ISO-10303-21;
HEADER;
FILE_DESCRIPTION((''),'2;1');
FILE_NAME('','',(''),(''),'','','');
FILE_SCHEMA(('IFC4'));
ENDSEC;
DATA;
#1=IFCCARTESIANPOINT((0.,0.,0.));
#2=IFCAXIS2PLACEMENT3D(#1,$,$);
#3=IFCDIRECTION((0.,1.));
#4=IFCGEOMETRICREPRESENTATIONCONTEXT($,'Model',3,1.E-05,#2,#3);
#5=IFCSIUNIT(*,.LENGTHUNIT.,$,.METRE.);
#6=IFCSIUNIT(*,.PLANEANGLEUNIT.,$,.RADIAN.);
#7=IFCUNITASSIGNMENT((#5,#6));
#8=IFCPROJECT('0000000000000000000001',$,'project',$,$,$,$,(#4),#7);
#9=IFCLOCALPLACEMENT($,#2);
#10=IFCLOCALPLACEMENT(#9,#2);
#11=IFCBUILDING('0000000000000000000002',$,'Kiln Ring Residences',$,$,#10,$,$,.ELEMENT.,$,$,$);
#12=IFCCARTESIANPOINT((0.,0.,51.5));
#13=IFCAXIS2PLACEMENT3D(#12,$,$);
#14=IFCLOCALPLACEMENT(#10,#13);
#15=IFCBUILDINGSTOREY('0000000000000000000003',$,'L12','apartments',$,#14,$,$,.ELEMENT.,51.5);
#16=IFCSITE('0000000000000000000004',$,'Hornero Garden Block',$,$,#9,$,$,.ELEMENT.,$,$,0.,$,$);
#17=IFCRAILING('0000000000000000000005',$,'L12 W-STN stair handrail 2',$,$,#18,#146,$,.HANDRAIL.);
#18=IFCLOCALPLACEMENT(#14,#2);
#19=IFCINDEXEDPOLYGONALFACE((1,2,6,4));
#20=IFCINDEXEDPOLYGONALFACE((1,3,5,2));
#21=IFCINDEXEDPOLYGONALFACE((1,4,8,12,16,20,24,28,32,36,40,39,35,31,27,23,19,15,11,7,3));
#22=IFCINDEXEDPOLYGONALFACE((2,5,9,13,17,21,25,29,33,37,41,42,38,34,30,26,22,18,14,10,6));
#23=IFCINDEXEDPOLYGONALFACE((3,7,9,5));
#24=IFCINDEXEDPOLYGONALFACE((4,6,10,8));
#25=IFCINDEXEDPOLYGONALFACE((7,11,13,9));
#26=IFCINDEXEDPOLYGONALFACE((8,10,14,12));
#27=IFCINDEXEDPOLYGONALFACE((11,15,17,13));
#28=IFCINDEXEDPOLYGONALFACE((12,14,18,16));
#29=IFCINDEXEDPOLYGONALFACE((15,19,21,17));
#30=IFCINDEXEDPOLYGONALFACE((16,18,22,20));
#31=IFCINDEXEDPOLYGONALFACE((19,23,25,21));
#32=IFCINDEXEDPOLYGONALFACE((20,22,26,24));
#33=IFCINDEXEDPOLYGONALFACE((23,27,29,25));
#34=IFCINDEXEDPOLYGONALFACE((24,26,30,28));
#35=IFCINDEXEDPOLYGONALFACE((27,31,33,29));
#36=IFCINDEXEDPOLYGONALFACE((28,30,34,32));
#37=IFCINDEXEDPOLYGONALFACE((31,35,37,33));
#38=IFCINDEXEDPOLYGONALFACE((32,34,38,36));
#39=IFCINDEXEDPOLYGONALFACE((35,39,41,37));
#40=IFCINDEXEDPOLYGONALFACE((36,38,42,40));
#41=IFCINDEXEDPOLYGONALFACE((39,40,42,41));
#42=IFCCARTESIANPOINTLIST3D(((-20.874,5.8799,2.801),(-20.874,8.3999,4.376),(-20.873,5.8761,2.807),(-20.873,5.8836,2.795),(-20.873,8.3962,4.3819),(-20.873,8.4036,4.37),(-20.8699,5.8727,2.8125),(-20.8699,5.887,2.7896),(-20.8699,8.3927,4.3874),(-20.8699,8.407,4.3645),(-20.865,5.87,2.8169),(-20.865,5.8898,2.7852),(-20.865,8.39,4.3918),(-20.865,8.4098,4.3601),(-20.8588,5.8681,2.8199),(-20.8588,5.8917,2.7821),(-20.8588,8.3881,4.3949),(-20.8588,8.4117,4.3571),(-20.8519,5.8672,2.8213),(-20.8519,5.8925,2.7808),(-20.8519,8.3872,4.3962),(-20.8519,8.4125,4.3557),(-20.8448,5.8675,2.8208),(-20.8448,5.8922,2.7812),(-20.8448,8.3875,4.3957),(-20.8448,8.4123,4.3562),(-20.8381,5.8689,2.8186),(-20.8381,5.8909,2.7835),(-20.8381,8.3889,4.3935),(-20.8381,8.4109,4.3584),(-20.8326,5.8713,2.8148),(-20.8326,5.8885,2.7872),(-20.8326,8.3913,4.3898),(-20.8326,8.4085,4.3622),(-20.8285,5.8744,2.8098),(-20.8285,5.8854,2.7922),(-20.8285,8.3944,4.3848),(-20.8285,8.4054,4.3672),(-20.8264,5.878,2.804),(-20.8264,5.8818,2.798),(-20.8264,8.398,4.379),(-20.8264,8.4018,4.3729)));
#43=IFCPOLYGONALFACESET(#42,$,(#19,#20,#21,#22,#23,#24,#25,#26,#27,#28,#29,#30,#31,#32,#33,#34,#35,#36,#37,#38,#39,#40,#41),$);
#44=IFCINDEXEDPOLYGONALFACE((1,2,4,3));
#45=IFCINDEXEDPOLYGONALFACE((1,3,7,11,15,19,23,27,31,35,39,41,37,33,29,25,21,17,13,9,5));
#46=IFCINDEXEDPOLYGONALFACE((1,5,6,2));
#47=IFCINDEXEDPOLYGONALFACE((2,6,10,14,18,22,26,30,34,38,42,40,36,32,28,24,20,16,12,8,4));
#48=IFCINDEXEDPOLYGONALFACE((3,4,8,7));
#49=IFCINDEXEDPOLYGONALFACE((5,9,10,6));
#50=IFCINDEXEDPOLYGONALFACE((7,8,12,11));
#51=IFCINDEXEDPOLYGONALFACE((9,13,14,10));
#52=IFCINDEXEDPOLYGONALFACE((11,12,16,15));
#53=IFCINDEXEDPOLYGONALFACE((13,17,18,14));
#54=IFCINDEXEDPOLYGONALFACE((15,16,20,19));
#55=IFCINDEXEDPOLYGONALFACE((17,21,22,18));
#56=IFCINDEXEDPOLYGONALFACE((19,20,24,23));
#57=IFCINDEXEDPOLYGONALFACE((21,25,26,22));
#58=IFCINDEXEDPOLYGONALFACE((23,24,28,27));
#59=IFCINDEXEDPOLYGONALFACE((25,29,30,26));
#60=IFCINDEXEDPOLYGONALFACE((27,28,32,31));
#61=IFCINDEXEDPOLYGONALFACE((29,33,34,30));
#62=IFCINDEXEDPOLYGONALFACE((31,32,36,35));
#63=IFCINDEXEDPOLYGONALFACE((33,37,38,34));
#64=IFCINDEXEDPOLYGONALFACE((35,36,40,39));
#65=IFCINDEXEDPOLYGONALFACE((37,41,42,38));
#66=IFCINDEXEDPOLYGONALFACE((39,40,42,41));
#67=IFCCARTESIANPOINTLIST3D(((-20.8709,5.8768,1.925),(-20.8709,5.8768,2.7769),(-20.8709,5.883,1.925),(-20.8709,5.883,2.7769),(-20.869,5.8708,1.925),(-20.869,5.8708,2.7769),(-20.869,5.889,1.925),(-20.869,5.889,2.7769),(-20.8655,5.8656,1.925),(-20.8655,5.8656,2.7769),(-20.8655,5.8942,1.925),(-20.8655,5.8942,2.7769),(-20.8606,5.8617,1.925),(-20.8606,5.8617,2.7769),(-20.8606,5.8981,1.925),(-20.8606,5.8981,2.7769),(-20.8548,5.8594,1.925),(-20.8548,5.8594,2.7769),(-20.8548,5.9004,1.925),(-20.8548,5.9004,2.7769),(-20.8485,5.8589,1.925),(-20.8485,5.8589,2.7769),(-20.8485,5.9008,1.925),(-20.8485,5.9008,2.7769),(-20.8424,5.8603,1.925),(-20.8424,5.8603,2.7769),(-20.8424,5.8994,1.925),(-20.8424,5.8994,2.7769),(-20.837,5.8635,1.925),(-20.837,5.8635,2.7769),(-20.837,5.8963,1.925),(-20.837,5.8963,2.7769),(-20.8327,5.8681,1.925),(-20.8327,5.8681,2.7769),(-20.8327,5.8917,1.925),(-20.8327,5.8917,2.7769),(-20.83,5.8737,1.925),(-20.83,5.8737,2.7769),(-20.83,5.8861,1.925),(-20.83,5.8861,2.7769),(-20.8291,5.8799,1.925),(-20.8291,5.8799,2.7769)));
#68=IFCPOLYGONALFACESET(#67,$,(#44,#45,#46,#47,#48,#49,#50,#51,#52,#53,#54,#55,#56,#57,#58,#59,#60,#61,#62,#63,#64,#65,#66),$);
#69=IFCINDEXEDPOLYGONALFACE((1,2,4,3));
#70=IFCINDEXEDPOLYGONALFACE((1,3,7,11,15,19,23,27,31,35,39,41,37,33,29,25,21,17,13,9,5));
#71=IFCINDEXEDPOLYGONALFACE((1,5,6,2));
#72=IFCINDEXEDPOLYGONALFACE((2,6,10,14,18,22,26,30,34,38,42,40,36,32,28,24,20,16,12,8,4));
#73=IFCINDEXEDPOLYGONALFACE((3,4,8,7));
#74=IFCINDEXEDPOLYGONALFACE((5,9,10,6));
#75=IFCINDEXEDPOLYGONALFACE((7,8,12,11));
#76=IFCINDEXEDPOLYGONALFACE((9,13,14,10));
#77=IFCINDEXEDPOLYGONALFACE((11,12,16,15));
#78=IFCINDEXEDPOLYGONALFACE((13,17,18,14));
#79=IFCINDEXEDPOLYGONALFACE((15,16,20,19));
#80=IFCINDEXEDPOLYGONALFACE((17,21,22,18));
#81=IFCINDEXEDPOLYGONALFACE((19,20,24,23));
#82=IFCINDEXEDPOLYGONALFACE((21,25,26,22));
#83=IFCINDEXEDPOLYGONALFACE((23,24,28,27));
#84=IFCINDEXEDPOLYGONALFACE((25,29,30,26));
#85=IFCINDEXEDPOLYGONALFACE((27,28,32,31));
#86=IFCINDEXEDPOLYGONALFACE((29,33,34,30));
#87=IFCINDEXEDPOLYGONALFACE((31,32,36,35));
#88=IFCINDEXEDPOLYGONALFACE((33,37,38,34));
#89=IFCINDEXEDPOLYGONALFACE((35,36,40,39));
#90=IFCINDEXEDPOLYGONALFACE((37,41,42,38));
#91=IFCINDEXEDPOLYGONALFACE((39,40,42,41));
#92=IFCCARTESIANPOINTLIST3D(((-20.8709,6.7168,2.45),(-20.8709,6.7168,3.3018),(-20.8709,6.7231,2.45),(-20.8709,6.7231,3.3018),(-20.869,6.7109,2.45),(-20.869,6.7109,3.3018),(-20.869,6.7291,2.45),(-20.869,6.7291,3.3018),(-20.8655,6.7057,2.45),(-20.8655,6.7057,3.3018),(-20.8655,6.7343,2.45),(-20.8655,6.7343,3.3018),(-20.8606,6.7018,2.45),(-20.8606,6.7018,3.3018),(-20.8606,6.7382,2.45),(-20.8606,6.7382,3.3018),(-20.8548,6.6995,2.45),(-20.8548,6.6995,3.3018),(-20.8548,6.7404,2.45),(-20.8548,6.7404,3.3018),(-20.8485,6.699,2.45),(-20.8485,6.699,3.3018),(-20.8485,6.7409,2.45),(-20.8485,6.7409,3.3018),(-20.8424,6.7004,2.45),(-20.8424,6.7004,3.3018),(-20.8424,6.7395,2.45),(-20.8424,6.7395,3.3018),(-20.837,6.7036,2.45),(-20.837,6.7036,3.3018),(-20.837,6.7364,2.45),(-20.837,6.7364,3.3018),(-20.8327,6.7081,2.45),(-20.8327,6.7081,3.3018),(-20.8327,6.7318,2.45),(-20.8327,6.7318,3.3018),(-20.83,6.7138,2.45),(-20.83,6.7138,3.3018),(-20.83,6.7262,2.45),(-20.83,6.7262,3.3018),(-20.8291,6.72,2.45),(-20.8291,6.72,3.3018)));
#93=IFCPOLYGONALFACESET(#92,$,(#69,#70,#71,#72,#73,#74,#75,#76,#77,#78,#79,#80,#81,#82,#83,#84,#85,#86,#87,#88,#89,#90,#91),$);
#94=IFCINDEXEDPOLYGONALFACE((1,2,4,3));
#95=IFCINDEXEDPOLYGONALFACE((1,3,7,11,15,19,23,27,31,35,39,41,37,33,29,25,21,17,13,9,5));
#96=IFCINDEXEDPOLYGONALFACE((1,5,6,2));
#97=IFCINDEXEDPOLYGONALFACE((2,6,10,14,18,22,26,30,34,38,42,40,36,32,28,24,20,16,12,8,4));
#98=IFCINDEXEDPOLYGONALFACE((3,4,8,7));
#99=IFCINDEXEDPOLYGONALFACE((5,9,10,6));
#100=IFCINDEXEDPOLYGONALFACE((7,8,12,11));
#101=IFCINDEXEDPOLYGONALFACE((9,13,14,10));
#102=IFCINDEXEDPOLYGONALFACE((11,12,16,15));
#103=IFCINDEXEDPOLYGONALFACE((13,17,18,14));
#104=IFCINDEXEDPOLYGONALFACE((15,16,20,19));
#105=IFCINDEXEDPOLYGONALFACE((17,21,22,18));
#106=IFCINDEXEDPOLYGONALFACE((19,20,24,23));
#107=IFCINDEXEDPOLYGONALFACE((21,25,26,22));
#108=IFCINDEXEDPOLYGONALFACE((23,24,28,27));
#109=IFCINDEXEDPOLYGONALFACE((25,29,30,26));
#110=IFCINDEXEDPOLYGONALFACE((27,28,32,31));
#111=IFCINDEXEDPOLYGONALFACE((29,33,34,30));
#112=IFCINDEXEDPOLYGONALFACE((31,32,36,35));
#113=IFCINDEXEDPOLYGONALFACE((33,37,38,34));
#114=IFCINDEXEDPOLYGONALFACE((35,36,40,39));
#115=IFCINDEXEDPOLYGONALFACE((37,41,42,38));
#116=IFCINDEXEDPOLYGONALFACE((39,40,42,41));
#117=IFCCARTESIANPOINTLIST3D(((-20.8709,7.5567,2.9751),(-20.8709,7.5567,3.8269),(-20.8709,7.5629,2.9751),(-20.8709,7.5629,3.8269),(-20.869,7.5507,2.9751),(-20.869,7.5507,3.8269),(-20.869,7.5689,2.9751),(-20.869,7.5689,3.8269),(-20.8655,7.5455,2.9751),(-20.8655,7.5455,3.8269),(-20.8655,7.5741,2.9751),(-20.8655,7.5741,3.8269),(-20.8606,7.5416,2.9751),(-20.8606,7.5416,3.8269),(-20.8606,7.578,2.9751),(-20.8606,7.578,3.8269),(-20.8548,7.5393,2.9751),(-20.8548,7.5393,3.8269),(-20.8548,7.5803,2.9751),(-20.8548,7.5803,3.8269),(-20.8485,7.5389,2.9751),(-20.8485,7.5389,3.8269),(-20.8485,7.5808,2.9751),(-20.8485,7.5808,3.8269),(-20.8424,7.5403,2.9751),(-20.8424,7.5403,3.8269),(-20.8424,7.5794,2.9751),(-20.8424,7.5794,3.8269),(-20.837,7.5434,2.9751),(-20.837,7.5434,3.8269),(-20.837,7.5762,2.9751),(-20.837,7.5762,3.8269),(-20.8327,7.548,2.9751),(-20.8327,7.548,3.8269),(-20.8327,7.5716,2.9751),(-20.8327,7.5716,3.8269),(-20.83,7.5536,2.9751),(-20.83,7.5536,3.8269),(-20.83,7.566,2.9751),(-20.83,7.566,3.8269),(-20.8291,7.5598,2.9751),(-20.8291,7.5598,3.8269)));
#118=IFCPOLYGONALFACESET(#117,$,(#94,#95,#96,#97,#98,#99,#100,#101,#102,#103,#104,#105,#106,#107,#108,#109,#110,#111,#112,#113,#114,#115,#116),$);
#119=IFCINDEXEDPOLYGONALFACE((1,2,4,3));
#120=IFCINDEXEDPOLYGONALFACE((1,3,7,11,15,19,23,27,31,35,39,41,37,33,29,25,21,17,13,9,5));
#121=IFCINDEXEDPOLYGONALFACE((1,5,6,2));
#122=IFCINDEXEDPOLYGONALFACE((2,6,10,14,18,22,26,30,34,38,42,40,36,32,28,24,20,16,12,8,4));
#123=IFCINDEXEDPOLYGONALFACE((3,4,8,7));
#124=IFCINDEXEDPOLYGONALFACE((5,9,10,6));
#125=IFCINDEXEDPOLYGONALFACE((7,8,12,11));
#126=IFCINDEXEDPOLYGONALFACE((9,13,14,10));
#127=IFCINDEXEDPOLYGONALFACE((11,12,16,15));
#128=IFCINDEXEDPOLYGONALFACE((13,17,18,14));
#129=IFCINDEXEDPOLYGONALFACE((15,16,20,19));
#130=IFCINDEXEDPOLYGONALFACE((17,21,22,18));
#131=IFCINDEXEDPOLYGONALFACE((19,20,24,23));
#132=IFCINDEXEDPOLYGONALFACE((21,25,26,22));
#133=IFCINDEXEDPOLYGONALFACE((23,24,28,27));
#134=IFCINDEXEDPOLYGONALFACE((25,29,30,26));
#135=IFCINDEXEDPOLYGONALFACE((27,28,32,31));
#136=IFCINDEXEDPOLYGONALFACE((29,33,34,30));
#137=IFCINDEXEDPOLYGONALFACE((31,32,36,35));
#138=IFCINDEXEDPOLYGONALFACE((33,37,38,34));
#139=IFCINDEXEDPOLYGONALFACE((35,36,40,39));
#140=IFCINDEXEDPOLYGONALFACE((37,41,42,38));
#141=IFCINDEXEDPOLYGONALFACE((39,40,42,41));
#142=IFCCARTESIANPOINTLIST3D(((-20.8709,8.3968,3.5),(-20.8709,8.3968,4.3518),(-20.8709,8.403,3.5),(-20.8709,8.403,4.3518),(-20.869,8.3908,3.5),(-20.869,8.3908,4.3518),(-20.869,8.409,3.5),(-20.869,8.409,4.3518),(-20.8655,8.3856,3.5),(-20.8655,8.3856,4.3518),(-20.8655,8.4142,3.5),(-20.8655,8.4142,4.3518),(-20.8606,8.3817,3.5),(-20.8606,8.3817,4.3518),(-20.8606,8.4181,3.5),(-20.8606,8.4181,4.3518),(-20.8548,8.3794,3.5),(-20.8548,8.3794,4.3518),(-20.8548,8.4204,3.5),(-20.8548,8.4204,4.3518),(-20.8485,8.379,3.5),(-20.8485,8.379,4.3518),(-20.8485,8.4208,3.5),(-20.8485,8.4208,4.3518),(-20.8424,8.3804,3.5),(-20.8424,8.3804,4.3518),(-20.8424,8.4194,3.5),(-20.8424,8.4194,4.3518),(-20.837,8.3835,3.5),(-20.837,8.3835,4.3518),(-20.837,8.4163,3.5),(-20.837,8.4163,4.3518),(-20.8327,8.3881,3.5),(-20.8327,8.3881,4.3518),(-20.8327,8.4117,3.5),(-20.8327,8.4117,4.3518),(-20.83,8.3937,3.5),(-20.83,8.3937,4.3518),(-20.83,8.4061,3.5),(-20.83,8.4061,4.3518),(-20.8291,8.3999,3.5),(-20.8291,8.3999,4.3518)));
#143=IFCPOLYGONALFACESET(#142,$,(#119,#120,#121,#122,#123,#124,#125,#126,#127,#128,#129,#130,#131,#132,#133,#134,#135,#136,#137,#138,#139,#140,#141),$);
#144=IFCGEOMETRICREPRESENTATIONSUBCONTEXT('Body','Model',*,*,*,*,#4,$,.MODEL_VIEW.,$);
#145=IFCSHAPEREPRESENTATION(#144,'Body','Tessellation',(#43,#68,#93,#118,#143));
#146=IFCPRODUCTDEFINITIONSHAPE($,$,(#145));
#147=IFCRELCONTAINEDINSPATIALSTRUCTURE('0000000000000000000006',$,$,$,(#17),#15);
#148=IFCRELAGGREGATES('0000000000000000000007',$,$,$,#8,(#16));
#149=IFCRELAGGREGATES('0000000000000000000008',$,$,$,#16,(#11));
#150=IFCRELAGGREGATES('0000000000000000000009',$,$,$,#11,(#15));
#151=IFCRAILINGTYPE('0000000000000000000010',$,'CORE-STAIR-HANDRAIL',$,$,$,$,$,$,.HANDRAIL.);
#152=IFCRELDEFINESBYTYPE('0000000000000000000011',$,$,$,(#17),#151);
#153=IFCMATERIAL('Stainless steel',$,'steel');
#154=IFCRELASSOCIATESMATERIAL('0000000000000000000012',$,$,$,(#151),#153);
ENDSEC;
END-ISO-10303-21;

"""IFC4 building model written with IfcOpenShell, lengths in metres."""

from ifc_helpers import new_model, si_unit, direction, frame, origin, origin_2d, place, context, subcontext, project, spatial, circle, extrude, material, type_object, element, save


model = new_model("IFC4")

# Units and contexts
model_context = context("Model", 3, precision=1e-05, world=origin(), true_north=direction((0.0, 1.0)))
body_context = subcontext(model_context, "Body", "Model", "MODEL_VIEW")
ifc_project = project(units=[si_unit("LENGTHUNIT", "METRE"), si_unit("PLANEANGLEUNIT", "RADIAN")], contexts=[model_context])

# Site, building, storey
site_placement = place(None, origin())
site = spatial("IfcSite", under=ifc_project, at=site_placement, Name="Hornero Garden Block", CompositionType="ELEMENT", RefElevation=0.0)
building_placement = place(site_placement, origin())
building = spatial("IfcBuilding", under=site, at=building_placement, Name="Kiln Ring Residences", CompositionType="ELEMENT")
storey_placement = place(building_placement, frame((0.0, 0.0, 51.5)))
storey = spatial("IfcBuildingStorey", under=building, at=storey_placement, Name="L12", Description="apartments", CompositionType="ELEMENT", Elevation=51.5)

# Railing
ifc_material_1 = material(Name="Stainless steel", Category="steel")
railing_type_1 = type_object("IfcRailingType", Name="CORE-STAIR-HANDRAIL", PredefinedType="HANDRAIL", material=ifc_material_1)
railing_1_placement = place(storey_placement, frame((-20.8501, 5.8799, 1.925)))
element("IfcRailing", 1, at=railing_1_placement, inside=storey, type_object=railing_type_1, Name="L12 W-STN stair handrail 2", PredefinedType="HANDRAIL", context=body_context, shape_type="SweptSolid", body=[
    extrude(circle(Radius=0.0239, at=origin_2d()), frame((0.0, 0.0, 0.876), z_axis=(0.0, 0.848008, 0.529984), x_axis=(-1.0, 0.0, 0.0)), (0.0, 0.0, 1.0), 2.9717),
    extrude(circle(Radius=0.021, at=origin_2d()), origin(), (0.0, 0.0, 1.0), 0.8518),
    extrude(circle(Radius=0.021, at=origin_2d()), frame((0.0, 0.8401, 0.5249)), (0.0, 0.0, 1.0), 0.8518),
    extrude(circle(Radius=0.021, at=origin_2d()), frame((0.0, 1.6799, 1.05)), (0.0, 0.0, 1.0), 0.8518),
    extrude(circle(Radius=0.021, at=origin_2d()), frame((0.0, 2.52, 1.575)), (0.0, 0.0, 1.0), 0.8518),
])

save(model, "model.ifc")
